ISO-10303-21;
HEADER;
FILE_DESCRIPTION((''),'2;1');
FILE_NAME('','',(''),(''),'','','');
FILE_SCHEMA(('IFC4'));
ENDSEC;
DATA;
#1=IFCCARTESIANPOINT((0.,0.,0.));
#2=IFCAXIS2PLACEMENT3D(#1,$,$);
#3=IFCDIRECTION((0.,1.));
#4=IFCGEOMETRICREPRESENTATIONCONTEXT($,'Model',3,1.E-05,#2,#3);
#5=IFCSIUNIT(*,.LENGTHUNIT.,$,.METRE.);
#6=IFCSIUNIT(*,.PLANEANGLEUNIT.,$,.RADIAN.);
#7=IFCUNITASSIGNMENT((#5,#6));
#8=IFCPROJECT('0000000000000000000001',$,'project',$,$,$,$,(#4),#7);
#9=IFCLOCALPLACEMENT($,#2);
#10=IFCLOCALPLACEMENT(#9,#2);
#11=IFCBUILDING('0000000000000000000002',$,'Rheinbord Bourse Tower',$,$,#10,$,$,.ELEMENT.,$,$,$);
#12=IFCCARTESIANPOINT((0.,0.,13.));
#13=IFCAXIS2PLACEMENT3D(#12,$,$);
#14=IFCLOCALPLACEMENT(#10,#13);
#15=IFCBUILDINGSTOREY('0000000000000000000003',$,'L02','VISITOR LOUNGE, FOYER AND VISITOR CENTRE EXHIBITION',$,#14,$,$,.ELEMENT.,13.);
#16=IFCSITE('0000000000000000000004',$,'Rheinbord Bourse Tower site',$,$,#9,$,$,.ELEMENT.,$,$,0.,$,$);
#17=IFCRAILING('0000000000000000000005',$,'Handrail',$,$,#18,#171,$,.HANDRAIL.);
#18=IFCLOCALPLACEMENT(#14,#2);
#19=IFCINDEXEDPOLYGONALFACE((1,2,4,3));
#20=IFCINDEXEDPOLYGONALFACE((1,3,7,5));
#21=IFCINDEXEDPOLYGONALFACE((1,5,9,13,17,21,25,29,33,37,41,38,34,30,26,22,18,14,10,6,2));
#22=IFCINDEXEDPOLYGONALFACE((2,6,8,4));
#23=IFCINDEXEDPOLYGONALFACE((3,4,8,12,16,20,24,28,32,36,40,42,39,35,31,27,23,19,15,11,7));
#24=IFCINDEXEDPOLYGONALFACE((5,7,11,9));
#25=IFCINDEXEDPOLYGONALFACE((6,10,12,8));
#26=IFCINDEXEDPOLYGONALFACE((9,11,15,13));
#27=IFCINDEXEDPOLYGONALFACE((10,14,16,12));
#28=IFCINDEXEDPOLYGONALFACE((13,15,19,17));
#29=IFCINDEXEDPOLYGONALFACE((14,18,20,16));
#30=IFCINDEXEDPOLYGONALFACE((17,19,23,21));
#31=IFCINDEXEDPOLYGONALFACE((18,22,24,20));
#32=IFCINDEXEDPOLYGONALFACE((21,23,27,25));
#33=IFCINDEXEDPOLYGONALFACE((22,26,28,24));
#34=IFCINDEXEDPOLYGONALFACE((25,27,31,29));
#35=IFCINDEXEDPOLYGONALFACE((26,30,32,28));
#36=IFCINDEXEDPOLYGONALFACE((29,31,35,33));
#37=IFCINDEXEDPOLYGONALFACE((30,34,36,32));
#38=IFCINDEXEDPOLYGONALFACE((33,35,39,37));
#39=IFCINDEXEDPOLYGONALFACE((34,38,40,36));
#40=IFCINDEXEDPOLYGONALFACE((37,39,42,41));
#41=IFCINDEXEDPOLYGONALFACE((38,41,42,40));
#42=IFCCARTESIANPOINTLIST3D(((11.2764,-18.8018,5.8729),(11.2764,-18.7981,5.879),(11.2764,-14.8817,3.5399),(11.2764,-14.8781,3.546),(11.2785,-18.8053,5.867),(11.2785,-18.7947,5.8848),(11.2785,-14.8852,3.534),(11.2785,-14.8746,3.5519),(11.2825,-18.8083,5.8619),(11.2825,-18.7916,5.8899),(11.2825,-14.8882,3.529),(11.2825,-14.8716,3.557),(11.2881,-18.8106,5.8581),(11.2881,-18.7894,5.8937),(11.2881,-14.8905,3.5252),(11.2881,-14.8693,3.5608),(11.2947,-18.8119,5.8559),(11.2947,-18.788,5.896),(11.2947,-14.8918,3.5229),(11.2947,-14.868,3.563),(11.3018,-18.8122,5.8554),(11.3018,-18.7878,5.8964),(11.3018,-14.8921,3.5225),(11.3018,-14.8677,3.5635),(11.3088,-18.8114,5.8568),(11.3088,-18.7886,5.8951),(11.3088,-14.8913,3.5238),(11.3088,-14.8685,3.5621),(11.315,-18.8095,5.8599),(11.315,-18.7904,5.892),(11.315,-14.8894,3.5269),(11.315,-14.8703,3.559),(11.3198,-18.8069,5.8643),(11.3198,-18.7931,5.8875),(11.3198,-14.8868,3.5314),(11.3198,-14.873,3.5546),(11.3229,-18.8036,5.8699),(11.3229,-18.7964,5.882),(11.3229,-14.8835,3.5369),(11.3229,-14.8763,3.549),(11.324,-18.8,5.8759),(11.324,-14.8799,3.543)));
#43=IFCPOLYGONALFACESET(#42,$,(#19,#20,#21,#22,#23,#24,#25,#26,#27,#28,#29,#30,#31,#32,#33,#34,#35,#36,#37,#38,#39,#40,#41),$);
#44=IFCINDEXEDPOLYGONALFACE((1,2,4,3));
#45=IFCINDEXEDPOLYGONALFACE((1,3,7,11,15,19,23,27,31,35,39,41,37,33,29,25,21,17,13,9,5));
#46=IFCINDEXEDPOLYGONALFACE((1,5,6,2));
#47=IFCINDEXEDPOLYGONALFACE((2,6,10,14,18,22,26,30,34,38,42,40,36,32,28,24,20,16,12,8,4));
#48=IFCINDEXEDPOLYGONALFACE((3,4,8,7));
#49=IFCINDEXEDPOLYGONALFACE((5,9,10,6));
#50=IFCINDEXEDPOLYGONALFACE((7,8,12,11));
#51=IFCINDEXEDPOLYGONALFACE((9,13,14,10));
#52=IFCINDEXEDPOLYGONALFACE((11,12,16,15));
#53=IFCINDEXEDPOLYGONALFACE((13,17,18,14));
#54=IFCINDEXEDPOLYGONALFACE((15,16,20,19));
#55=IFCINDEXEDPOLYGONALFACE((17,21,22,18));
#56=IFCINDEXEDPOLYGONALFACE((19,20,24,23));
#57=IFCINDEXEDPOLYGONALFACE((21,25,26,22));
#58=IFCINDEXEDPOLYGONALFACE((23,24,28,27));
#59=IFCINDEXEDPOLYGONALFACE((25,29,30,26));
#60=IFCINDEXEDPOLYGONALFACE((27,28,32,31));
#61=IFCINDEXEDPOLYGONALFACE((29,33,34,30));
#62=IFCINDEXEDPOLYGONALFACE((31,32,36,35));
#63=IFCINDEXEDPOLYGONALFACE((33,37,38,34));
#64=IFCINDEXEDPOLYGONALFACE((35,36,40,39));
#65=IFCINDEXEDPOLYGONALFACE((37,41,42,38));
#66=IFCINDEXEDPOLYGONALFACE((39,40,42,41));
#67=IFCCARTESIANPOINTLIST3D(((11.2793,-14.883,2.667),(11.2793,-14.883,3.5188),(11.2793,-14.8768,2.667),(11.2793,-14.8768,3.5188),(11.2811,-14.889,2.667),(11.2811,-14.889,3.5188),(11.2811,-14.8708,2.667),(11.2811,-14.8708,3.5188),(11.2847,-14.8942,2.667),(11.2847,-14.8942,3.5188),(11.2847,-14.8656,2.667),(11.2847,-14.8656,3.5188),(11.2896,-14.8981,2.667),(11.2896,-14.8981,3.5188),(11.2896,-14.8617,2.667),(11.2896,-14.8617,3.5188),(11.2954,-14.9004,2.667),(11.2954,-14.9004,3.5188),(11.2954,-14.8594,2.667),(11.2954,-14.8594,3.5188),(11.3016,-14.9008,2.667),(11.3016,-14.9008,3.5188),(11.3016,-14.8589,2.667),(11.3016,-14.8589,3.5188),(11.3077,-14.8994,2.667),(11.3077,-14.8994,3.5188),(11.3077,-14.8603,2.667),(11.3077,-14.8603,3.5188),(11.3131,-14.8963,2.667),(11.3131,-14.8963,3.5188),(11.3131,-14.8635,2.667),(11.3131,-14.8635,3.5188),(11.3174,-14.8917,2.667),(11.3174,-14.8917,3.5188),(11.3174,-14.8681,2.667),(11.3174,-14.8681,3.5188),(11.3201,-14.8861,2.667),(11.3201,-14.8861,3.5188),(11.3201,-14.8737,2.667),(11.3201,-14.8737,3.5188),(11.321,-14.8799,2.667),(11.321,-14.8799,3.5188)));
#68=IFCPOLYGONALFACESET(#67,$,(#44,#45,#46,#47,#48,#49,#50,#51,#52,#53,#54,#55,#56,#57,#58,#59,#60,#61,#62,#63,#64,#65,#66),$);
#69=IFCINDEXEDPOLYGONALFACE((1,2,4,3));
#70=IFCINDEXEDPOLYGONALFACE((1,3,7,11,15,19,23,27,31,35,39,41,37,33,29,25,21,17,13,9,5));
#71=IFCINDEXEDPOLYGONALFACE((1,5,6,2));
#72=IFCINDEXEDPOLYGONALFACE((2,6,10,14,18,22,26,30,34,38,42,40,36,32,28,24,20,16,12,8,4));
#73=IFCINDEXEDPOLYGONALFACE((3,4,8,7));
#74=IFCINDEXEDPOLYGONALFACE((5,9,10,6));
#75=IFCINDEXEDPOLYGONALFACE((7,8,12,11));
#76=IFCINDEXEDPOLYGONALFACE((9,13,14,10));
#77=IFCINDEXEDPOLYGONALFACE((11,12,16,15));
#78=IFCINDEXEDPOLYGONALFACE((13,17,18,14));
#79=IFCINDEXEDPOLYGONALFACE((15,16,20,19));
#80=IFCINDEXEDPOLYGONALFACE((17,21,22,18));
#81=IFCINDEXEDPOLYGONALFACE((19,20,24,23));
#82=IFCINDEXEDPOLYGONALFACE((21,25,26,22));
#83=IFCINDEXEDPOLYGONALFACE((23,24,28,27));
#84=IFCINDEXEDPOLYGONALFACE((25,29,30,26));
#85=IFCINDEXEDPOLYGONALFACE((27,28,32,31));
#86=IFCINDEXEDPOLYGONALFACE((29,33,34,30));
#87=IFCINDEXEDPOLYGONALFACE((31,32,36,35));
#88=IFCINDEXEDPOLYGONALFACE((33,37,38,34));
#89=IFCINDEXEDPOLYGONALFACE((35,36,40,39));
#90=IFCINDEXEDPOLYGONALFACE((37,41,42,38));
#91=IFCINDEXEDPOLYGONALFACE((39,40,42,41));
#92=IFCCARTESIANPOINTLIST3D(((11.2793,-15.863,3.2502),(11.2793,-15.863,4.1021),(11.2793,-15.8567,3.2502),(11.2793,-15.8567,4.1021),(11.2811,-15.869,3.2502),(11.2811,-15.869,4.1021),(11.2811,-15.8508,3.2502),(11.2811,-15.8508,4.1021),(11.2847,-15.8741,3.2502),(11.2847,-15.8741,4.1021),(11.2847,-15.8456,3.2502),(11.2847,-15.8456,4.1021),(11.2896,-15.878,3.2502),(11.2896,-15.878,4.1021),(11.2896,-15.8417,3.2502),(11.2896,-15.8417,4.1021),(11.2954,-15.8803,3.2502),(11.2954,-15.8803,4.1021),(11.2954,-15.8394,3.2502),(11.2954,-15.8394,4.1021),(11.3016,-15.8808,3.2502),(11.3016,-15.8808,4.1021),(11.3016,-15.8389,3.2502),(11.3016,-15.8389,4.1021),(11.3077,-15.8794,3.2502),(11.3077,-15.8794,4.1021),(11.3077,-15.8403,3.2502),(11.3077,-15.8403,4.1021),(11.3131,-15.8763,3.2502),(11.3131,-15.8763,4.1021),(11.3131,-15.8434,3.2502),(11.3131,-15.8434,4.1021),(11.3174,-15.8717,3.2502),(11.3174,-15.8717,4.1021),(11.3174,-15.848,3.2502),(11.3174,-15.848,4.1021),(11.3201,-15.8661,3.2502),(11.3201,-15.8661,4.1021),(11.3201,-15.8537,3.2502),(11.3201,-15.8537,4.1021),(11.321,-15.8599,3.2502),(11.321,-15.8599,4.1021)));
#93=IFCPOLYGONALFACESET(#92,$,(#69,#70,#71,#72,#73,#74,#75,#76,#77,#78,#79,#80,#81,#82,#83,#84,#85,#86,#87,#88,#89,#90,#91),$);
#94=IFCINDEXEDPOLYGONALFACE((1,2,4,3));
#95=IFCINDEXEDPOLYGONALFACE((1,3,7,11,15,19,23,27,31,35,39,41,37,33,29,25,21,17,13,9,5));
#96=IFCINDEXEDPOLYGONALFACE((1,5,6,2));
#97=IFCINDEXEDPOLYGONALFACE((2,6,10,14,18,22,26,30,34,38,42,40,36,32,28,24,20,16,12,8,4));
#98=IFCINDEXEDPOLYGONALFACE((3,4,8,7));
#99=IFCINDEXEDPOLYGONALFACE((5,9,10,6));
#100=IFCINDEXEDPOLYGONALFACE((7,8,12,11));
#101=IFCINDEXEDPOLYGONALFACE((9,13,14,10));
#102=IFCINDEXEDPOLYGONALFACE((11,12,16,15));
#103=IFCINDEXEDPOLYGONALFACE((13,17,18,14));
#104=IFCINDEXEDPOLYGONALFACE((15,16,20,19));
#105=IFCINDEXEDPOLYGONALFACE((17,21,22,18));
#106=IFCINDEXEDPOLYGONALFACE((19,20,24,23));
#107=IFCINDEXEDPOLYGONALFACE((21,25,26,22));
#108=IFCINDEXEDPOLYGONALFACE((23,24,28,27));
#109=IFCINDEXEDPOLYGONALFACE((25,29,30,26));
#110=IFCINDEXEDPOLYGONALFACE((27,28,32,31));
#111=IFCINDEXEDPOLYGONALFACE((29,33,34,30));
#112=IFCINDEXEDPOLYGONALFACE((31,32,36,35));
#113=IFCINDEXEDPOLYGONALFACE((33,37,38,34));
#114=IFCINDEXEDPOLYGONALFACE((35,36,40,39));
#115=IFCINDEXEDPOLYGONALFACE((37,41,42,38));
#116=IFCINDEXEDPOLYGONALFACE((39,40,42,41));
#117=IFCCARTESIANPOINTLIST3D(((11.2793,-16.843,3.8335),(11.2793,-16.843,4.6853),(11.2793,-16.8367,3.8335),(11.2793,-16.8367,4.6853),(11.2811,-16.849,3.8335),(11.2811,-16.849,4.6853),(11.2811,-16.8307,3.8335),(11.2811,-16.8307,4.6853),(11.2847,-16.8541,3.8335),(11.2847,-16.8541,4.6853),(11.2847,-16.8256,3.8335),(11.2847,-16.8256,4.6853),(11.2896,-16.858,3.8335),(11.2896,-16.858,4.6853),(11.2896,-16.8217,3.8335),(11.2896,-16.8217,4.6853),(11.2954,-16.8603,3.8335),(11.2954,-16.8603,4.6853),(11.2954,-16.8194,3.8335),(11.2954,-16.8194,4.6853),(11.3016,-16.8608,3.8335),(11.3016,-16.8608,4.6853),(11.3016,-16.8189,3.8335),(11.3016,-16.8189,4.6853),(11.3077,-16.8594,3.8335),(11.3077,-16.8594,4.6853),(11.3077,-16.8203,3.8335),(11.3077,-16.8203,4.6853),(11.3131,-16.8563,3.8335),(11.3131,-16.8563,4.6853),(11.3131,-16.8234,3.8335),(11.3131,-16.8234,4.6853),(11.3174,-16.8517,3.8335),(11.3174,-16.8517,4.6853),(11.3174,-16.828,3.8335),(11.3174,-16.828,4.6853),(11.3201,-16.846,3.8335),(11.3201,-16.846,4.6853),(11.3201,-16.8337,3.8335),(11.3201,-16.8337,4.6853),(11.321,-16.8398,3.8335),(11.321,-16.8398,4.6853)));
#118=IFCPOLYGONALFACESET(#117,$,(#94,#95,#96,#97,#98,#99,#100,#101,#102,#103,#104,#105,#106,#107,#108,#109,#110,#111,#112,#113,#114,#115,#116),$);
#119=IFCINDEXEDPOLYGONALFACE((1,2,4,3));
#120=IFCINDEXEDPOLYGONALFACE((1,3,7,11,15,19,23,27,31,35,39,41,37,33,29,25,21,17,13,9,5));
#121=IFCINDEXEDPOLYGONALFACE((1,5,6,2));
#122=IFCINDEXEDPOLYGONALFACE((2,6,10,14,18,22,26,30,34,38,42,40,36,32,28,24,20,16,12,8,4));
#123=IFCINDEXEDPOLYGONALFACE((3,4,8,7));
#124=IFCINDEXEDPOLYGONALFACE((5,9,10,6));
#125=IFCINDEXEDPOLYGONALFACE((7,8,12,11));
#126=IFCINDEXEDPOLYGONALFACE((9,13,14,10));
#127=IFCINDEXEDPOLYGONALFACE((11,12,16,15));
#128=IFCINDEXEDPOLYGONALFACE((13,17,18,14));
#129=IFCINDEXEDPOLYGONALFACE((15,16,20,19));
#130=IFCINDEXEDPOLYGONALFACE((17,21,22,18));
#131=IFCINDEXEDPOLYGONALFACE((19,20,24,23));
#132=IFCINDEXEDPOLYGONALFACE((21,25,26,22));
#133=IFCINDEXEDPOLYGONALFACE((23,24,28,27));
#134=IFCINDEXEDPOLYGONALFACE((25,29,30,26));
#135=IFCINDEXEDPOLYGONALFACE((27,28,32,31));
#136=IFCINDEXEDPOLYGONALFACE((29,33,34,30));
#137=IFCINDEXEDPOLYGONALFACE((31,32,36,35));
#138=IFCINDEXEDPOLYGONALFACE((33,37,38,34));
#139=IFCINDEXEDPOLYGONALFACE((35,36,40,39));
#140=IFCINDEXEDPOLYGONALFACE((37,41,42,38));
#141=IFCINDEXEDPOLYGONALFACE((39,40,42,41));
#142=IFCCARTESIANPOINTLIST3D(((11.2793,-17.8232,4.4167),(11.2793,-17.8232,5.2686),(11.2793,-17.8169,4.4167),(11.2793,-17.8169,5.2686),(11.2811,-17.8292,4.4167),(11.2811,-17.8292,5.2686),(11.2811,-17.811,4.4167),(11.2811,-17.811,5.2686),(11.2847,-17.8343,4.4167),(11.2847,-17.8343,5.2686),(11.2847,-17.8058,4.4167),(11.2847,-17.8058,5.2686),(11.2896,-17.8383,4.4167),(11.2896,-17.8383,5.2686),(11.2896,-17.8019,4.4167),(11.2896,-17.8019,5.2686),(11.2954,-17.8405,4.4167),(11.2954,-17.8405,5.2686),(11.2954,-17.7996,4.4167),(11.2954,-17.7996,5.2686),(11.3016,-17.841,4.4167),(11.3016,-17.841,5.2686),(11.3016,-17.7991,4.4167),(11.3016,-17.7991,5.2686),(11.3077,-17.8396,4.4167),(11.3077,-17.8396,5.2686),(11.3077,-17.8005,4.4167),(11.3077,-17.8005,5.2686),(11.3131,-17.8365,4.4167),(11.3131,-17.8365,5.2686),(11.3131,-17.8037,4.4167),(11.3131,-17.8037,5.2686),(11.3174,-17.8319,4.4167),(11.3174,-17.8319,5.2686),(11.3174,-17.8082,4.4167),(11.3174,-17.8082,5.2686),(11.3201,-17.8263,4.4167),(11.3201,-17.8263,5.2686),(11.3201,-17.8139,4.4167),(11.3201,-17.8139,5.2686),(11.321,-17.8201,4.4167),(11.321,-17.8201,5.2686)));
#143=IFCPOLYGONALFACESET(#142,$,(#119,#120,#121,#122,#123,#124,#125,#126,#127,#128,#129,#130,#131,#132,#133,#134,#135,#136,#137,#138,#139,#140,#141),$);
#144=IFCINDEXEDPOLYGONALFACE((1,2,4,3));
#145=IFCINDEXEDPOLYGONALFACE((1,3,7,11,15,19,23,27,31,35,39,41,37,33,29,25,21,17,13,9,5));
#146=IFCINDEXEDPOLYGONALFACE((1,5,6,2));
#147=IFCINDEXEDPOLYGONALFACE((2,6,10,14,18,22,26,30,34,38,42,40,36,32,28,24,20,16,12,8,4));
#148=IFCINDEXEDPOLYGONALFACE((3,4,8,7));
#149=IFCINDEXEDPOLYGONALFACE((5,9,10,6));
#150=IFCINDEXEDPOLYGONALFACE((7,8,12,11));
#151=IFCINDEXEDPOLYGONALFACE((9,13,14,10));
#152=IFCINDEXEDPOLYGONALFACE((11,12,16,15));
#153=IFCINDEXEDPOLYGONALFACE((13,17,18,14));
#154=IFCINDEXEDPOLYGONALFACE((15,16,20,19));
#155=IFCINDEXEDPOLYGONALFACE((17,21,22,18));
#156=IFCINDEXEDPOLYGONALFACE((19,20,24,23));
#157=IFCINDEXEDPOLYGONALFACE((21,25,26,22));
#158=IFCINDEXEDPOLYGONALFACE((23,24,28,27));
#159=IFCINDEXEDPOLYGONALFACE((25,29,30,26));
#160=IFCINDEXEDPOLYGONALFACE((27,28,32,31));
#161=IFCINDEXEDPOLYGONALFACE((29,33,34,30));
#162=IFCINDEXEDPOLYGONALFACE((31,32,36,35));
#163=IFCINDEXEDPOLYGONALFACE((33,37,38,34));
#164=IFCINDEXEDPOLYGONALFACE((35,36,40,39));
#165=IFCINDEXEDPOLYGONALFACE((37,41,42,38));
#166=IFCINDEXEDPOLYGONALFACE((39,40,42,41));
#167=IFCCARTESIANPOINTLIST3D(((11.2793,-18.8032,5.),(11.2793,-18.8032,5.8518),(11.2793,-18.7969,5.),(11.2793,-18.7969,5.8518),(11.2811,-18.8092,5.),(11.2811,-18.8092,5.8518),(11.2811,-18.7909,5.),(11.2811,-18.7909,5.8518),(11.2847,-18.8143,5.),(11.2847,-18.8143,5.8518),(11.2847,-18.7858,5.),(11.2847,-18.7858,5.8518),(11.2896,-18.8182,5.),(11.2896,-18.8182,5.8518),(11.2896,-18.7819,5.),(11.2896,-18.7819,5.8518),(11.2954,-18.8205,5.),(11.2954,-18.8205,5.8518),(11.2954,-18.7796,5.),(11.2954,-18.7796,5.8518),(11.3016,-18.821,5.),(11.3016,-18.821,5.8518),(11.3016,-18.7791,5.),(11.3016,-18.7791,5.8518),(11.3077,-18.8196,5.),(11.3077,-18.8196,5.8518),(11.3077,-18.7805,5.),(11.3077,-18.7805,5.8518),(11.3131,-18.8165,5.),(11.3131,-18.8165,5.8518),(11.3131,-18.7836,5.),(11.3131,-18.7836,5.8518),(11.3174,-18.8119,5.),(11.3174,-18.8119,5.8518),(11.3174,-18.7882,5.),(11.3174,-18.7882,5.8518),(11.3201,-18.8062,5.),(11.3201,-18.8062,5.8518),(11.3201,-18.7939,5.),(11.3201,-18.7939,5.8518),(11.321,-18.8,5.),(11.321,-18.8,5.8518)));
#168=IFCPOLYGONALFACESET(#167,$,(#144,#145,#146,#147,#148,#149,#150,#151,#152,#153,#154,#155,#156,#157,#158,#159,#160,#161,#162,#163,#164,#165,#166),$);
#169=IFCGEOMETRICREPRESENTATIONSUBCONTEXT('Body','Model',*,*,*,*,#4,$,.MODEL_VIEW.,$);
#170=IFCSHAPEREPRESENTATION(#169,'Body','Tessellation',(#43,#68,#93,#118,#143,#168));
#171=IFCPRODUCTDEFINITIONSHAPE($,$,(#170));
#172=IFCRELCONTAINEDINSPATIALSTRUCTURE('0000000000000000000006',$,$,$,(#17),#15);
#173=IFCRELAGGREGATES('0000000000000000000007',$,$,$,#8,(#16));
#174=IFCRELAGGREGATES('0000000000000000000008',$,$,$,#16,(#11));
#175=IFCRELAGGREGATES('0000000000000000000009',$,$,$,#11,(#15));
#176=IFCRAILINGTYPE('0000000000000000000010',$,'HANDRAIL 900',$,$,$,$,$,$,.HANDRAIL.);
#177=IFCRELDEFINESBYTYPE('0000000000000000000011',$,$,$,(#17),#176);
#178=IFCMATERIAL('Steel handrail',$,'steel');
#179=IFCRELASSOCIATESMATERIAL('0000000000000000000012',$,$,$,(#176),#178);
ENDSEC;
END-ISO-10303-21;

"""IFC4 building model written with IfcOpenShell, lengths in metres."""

from ifc_helpers import new_model, si_unit, direction, frame, origin, origin_2d, place, context, subcontext, project, spatial, circle, extrude, material, type_object, element, save


model = new_model("IFC4")

# Units and contexts
model_context = context("Model", 3, precision=1e-05, world=origin(), true_north=direction((0.0, 1.0)))
body_context = subcontext(model_context, "Body", "Model", "MODEL_VIEW")
ifc_project = project(units=[si_unit("LENGTHUNIT", "METRE"), si_unit("PLANEANGLEUNIT", "RADIAN")], contexts=[model_context])

# Site, building, storey
site_placement = place(None, origin())
site = spatial("IfcSite", under=ifc_project, at=site_placement, Name="Rheinbord Bourse Tower site", CompositionType="ELEMENT", RefElevation=0.0)
building_placement = place(site_placement, origin())
building = spatial("IfcBuilding", under=site, at=building_placement, Name="Rheinbord Bourse Tower", CompositionType="ELEMENT")
storey_placement = place(building_placement, frame((0.0, 0.0, 13.0)))
storey = spatial("IfcBuildingStorey", under=building, at=storey_placement, Name="L02", Description="VISITOR LOUNGE, FOYER AND VISITOR CENTRE EXHIBITION", CompositionType="ELEMENT", Elevation=13.0)

# Railing
ifc_material_1 = material(Name="Steel handrail", Category="steel")
railing_type_1 = type_object("IfcRailingType", Name="HANDRAIL 900", PredefinedType="HANDRAIL", material=ifc_material_1)
railing_1_placement = place(storey_placement, frame((11.3, -14.8799, 2.667)))
element("IfcRailing", 1, at=railing_1_placement, inside=storey, type_object=railing_type_1, Name="Handrail", PredefinedType="HANDRAIL", context=body_context, shape_type="SweptSolid", body=[
    extrude(circle(Radius=0.0239, at=origin_2d()), frame((0.0, 0.0, 0.876), z_axis=(0.0, -0.859334, 0.511415), x_axis=(1.0, 0.0, 0.0)), (0.0, 0.0, 1.0), 4.5618),
    extrude(circle(Radius=0.021, at=origin_2d()), origin(), (0.0, 0.0, 1.0), 0.8518),
    extrude(circle(Radius=0.021, at=origin_2d()), frame((0.0, -0.98, 0.5833)), (0.0, 0.0, 1.0), 0.8518),
    extrude(circle(Radius=0.021, at=origin_2d()), frame((0.0, -1.96, 1.1665)), (0.0, 0.0, 1.0), 0.8518),
    extrude(circle(Radius=0.021, at=origin_2d()), frame((0.0, -2.9402, 1.7498)), (0.0, 0.0, 1.0), 0.8518),
    extrude(circle(Radius=0.021, at=origin_2d()), frame((0.0, -3.9202, 2.333)), (0.0, 0.0, 1.0), 0.8518),
])

save(model, "model.ifc")
